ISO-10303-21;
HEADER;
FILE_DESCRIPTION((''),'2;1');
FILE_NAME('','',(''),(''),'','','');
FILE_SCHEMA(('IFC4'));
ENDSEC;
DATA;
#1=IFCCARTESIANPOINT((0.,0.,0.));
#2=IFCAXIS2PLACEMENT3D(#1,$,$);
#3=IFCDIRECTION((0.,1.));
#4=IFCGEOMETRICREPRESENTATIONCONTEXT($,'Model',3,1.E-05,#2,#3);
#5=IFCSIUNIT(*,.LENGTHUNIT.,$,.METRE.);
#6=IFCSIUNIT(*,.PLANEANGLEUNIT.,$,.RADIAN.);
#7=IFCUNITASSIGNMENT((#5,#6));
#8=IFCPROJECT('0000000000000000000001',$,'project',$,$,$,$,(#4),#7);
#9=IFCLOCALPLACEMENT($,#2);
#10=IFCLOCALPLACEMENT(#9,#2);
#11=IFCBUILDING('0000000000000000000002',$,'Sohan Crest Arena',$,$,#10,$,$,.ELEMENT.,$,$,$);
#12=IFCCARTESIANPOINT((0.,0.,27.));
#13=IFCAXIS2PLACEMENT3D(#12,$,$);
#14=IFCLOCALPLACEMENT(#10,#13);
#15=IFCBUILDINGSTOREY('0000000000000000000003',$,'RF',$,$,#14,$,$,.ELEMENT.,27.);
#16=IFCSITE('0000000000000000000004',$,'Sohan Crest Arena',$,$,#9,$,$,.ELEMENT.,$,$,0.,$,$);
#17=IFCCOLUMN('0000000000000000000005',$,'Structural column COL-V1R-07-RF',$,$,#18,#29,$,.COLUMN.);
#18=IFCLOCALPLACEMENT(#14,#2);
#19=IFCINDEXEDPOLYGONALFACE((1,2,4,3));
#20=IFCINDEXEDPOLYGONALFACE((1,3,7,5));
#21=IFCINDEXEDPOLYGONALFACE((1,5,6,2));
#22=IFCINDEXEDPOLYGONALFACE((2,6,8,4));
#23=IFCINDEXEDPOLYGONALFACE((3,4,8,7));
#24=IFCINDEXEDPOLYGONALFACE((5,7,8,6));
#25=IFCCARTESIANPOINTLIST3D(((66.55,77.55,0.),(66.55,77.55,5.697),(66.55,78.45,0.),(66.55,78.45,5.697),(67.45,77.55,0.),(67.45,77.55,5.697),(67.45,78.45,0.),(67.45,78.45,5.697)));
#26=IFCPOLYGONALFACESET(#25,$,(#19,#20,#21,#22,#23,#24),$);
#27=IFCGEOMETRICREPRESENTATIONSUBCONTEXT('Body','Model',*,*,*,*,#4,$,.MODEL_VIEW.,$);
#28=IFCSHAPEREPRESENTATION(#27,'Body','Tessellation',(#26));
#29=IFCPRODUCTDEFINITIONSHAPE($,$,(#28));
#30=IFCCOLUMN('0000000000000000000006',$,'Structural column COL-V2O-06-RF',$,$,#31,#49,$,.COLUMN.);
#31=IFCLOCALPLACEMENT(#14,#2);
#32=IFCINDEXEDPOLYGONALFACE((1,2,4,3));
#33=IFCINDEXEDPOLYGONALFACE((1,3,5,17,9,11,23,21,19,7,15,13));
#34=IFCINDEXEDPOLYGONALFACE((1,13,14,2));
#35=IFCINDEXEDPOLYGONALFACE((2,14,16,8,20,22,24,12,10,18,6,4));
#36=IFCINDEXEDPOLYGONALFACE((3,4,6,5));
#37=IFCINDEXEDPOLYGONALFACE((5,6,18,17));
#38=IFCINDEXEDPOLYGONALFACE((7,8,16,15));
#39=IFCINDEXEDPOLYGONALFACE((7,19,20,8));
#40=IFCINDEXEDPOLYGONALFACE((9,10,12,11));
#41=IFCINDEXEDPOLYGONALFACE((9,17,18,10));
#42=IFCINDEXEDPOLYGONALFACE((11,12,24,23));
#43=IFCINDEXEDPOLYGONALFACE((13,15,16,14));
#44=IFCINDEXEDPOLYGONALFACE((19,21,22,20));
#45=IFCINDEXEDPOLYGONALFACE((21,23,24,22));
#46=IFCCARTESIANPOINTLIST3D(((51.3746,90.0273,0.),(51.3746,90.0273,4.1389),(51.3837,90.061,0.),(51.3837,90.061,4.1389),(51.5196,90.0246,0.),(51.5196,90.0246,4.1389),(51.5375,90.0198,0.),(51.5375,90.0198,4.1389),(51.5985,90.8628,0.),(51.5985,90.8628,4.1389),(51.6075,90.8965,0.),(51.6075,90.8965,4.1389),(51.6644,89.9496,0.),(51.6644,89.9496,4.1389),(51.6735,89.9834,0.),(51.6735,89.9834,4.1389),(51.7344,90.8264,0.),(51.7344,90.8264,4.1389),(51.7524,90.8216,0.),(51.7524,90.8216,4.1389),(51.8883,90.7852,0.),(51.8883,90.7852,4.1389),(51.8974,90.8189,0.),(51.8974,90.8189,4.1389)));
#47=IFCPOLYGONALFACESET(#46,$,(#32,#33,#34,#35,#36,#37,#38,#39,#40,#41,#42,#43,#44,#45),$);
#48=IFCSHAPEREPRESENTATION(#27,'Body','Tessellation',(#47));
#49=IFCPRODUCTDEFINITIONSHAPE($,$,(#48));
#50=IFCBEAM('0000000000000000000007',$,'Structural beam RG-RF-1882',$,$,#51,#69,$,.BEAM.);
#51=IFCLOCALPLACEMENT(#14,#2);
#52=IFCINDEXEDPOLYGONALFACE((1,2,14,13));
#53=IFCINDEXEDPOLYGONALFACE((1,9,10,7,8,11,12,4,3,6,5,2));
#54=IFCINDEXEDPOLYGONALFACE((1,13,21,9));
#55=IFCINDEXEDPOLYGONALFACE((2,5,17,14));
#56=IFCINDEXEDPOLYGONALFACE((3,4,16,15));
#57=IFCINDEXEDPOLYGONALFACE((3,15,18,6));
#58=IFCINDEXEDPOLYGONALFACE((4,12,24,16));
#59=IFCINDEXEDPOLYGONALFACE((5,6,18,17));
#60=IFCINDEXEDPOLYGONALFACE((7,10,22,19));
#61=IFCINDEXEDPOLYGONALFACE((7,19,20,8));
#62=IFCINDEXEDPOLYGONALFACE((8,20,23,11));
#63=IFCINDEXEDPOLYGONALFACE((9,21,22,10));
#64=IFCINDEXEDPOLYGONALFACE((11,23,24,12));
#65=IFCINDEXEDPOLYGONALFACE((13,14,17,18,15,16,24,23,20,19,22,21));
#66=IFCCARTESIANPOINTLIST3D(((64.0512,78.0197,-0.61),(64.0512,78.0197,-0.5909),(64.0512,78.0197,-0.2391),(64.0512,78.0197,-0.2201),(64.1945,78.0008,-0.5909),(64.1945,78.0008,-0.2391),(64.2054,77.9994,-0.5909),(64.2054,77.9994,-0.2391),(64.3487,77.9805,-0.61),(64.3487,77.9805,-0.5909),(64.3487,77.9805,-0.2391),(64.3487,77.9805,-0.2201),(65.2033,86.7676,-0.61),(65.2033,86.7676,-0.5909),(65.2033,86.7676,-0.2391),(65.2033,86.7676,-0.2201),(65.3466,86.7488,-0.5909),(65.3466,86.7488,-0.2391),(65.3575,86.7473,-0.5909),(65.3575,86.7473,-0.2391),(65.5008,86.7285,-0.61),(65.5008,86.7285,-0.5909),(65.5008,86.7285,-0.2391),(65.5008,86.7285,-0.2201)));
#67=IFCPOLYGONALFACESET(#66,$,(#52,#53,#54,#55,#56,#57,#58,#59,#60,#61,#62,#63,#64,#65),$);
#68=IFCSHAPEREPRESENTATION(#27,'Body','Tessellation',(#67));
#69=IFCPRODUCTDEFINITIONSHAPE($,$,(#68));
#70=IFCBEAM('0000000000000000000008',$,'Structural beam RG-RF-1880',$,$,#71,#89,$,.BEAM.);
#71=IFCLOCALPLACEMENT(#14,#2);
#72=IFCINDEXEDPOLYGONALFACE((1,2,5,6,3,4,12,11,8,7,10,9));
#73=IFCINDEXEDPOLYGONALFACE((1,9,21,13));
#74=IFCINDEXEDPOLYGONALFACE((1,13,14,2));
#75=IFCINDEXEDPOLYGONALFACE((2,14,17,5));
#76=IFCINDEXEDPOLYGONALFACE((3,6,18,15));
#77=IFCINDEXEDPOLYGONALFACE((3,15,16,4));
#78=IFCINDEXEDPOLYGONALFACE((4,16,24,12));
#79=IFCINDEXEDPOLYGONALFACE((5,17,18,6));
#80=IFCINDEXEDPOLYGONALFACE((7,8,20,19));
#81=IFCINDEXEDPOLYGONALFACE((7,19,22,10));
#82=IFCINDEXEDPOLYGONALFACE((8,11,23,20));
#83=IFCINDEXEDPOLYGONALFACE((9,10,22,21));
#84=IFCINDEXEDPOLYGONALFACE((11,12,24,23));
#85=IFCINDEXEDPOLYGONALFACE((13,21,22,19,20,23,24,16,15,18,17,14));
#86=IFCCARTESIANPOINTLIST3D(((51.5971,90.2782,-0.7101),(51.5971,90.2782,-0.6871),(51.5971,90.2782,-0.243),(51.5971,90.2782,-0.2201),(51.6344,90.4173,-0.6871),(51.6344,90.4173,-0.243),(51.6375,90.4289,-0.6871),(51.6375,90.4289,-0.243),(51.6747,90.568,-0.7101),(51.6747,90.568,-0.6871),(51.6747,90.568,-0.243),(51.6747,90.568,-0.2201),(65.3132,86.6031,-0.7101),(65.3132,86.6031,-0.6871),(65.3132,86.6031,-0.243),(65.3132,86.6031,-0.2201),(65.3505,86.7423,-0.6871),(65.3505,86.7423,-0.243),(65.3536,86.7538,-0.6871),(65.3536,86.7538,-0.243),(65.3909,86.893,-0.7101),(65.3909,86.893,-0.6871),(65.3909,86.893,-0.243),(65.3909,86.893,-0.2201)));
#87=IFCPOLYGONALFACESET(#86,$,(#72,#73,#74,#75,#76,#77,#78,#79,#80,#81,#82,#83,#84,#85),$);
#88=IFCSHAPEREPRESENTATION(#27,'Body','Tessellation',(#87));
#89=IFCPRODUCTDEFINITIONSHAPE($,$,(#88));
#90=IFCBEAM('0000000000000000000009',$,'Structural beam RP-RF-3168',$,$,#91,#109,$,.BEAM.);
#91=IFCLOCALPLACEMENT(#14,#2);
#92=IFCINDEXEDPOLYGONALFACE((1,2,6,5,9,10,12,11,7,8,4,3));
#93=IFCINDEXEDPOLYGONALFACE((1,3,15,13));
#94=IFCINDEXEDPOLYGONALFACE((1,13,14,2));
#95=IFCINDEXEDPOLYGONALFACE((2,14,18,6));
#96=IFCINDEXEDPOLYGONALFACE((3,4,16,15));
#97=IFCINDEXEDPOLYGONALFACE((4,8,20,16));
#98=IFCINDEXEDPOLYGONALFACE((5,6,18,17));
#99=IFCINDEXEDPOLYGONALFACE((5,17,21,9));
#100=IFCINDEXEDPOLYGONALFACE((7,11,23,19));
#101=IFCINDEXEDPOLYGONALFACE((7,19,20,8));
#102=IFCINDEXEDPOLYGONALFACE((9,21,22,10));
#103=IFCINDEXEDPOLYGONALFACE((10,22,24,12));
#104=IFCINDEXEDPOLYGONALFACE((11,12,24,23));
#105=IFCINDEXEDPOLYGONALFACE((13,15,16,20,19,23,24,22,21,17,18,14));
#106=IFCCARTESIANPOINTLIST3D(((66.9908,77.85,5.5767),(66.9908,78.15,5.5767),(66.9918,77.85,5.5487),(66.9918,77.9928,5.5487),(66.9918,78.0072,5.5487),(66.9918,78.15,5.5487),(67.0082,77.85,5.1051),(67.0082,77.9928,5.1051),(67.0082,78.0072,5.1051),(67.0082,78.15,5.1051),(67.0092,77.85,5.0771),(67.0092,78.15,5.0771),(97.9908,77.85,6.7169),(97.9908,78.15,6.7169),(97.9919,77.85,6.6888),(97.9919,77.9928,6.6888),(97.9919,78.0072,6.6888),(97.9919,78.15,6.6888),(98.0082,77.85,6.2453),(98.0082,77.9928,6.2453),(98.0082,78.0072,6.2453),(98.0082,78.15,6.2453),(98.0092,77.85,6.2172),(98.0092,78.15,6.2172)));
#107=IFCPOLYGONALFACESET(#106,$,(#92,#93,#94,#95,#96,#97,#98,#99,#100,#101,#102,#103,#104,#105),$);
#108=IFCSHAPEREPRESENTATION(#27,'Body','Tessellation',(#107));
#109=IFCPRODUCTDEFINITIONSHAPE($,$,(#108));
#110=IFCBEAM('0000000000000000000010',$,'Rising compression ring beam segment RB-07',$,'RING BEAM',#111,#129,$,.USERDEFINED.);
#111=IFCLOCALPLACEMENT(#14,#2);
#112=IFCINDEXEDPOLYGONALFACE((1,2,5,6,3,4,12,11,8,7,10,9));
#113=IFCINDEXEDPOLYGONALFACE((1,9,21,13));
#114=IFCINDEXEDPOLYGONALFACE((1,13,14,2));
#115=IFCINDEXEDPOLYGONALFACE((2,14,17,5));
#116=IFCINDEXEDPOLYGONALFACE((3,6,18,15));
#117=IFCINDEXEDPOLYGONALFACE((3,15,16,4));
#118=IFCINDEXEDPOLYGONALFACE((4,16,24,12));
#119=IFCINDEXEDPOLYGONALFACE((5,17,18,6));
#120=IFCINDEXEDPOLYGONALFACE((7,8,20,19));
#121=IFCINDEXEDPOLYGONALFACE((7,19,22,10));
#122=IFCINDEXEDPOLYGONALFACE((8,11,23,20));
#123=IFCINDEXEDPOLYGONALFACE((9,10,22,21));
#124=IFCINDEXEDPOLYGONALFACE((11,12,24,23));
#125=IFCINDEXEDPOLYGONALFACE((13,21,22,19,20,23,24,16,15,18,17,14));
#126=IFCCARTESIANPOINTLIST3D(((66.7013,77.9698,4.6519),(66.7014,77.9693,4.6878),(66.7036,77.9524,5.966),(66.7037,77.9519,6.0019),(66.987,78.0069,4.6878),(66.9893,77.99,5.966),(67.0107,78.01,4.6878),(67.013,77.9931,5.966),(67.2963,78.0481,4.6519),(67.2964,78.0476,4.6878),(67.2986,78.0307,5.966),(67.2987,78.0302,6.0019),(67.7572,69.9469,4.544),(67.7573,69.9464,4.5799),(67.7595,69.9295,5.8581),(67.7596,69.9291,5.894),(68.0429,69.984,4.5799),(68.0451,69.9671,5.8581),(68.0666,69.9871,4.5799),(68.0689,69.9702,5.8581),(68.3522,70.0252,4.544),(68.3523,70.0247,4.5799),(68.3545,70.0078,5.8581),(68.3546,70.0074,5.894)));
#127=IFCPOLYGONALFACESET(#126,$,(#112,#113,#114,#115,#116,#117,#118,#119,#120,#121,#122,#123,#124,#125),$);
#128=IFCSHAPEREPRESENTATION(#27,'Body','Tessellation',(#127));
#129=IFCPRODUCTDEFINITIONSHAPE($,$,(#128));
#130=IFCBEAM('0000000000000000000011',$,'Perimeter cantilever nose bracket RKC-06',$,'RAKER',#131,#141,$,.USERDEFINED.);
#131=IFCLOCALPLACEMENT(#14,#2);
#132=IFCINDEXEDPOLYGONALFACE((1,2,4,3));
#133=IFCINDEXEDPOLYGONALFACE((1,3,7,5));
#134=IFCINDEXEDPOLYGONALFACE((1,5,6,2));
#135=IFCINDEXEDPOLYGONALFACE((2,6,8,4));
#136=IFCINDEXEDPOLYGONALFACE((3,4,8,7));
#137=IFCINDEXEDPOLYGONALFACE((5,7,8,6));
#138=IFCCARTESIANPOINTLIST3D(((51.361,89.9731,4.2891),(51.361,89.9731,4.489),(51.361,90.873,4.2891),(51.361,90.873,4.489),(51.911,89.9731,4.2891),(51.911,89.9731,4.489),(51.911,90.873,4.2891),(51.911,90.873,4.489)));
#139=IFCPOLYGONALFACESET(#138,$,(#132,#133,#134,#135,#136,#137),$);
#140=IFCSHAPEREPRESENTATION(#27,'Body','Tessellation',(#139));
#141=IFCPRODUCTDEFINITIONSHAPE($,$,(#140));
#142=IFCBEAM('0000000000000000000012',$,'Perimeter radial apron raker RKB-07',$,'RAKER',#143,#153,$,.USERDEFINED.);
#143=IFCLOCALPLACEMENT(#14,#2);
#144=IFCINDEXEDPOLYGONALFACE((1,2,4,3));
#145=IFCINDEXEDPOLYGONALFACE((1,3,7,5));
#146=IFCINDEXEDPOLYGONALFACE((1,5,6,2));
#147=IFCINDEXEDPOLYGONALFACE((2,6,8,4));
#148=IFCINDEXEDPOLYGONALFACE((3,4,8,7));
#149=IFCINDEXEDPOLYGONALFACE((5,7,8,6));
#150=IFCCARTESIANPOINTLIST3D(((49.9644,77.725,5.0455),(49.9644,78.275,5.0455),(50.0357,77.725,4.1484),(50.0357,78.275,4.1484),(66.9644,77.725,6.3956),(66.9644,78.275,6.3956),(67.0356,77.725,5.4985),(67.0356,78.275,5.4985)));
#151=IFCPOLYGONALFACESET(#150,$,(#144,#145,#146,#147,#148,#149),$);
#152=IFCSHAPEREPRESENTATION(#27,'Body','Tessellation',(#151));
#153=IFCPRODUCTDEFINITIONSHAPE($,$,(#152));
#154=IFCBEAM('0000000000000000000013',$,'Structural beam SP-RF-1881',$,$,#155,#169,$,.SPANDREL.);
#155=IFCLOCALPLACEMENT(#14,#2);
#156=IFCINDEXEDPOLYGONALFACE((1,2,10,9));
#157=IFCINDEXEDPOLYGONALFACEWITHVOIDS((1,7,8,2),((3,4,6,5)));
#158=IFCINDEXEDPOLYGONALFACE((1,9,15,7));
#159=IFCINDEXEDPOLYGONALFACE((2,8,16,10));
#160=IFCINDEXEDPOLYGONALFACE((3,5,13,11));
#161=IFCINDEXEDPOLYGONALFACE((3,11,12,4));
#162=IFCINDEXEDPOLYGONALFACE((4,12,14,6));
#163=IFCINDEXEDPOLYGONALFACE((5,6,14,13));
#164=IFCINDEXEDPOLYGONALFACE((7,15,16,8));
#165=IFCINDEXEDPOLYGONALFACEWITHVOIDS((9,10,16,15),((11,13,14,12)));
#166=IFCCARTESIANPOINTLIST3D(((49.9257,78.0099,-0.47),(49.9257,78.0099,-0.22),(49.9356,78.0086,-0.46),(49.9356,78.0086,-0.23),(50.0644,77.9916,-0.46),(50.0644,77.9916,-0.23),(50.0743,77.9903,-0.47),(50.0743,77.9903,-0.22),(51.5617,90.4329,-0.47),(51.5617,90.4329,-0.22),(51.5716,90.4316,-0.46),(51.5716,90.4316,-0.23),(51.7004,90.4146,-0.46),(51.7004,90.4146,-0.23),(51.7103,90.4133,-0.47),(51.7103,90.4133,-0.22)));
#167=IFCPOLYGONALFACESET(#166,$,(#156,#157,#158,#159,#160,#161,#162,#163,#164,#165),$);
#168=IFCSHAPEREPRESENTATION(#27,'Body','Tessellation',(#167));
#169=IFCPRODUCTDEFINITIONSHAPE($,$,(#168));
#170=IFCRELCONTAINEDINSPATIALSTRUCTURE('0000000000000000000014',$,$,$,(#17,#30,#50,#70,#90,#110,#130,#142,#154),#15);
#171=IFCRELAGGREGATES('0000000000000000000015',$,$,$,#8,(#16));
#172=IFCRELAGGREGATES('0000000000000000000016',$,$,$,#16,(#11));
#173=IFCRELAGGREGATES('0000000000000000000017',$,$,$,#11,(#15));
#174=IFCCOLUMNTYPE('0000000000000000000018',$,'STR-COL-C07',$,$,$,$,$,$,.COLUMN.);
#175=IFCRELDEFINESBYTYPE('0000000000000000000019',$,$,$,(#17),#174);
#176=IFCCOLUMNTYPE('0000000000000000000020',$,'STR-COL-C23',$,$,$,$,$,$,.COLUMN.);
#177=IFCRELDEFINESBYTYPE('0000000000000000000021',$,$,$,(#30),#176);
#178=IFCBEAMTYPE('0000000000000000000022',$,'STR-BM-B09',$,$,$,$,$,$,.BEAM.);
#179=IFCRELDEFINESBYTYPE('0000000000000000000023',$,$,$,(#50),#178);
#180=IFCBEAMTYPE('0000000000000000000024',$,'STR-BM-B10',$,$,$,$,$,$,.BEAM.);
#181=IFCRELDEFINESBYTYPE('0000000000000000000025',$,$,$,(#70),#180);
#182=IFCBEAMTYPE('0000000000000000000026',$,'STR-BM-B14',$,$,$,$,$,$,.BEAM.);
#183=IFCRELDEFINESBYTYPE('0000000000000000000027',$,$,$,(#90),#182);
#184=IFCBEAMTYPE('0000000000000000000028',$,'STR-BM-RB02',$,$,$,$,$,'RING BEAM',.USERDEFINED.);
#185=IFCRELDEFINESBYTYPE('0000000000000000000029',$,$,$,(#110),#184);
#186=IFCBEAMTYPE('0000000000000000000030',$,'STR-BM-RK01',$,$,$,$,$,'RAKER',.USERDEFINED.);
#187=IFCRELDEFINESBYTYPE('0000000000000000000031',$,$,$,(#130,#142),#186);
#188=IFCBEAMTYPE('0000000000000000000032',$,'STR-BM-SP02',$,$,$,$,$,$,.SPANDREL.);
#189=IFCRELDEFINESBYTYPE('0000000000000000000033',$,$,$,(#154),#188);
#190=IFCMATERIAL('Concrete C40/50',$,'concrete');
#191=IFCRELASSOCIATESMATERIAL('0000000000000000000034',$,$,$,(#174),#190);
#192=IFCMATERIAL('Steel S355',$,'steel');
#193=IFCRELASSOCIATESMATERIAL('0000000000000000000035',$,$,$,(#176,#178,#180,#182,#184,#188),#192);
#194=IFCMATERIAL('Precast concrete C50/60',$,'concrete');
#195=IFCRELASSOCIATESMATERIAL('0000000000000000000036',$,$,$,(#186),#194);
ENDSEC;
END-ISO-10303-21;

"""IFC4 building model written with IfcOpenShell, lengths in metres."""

from ifc_helpers import new_model, si_unit, direction, frame, origin, origin_2d, place, context, subcontext, project, spatial, rectangle, hollow_rectangle, i_section, extrude, material, material_profile, profile_set, type_object, element, save


model = new_model("IFC4")

# Units and contexts
model_context = context("Model", 3, precision=1e-05, world=origin(), true_north=direction((0.0, 1.0)))
body_context = subcontext(model_context, "Body", "Model", "MODEL_VIEW")
ifc_project = project(units=[si_unit("LENGTHUNIT", "METRE"), si_unit("PLANEANGLEUNIT", "RADIAN")], contexts=[model_context])

# Site, building, storey
site_placement = place(None, origin())
site = spatial("IfcSite", under=ifc_project, at=site_placement, Name="Sohan Crest Arena", CompositionType="ELEMENT", RefElevation=0.0)
building_placement = place(site_placement, origin())
building = spatial("IfcBuilding", under=site, at=building_placement, Name="Sohan Crest Arena", CompositionType="ELEMENT")
storey_placement = place(building_placement, frame((0.0, 0.0, 27.0)))
storey = spatial("IfcBuildingStorey", under=building, at=storey_placement, Name="RF", CompositionType="ELEMENT", Elevation=27.0)

# Columns
ifc_material_1 = material(Name="Concrete C40/50", Category="concrete")
ifc_material_profile_1 = material_profile(ifc_material_1, rectangle(XDim=0.8999, YDim=0.8999, at=origin_2d()), Name="RC 900x900")
ifc_profile_set_1 = profile_set([ifc_material_profile_1], Name="Concrete C40/50")
column_type_1 = type_object("IfcColumnType", Name="STR-COL-C07", PredefinedType="COLUMN", material=ifc_profile_set_1)
column_1_placement = place(storey_placement, frame((67.0, 78.0, 0.0), z_axis=(0.0, 0.0, 1.0), x_axis=(1.0, 0.0, 0.0)))
element("IfcColumn", 1, at=column_1_placement, inside=storey, type_object=column_type_1, Name="Structural column COL-V1R-07-RF", PredefinedType="COLUMN", context=body_context, shape_type="SweptSolid", body=[
    extrude(rectangle(XDim=0.8999, YDim=0.8999, at=origin_2d()), origin(), (0.0, 0.0, 1.0), 5.697),
])
ifc_material_2 = material(Name="Steel S355", Category="steel")
ifc_material_profile_2 = material_profile(ifc_material_2, i_section(OverallWidth=0.3, OverallDepth=0.8999, WebThickness=0.0186, FlangeThickness=0.0349, at=origin_2d()), Name="HEB 900")
ifc_profile_set_2 = profile_set([ifc_material_profile_2], Name="Steel S355")
column_type_2 = type_object("IfcColumnType", Name="STR-COL-C23", PredefinedType="COLUMN", material=ifc_profile_set_2)
column_2_placement = place(storey_placement, frame((51.636, 90.4231, 0.0), z_axis=(0.0, 0.0, 1.0), x_axis=(-0.965926, 0.258819, 0.0)))
element("IfcColumn", 2, at=column_2_placement, inside=storey, type_object=column_type_2, Name="Structural column COL-V2O-06-RF", PredefinedType="COLUMN", context=body_context, shape_type="SweptSolid", body=[
    extrude(i_section(OverallWidth=0.3, OverallDepth=0.8999, WebThickness=0.0186, FlangeThickness=0.0349, at=origin_2d()), origin(), (0.0, 0.0, 1.0), 4.1389),
])

# Beams
ifc_material_profile_3 = material_profile(ifc_material_2, i_section(OverallWidth=0.3, OverallDepth=0.3899, WebThickness=0.011, FlangeThickness=0.019, at=origin_2d()), Name="HEA 400")
ifc_profile_set_3 = profile_set([ifc_material_profile_3], Name="Steel S355")
beam_type_1 = type_object("IfcBeamType", Name="STR-BM-B09", PredefinedType="BEAM", material=ifc_profile_set_3)
beam_1_placement = place(storey_placement, frame((65.3521, 86.748, -0.415), z_axis=(-0.13057, -0.991439, 0.0), x_axis=(0.991439, -0.13057, 0.0)))
element("IfcBeam", 3, at=beam_1_placement, inside=storey, type_object=beam_type_1, Name="Structural beam RG-RF-1882", PredefinedType="BEAM", context=body_context, shape_type="SweptSolid", body=[
    extrude(i_section(OverallWidth=0.3, OverallDepth=0.3899, WebThickness=0.011, FlangeThickness=0.019, at=origin_2d()), origin(), (0.0, 0.0, 1.0), 8.8235),
])
ifc_material_profile_4 = material_profile(ifc_material_2, i_section(OverallWidth=0.3, OverallDepth=0.49, WebThickness=0.012, FlangeThickness=0.0229, at=origin_2d()), Name="HEA 500")
ifc_profile_set_4 = profile_set([ifc_material_profile_4], Name="Steel S355")
beam_type_2 = type_object("IfcBeamType", Name="STR-BM-B10", PredefinedType="BEAM", material=ifc_profile_set_4)
beam_2_placement = place(storey_placement, frame((65.3521, 86.748, -0.4651), z_axis=(-0.965929, 0.258809, 0.0), x_axis=(-0.258809, -0.965929, 0.0)))
element("IfcBeam", 4, at=beam_2_placement, inside=storey, type_object=beam_type_2, Name="Structural beam RG-RF-1880", PredefinedType="BEAM", context=body_context, shape_type="SweptSolid", body=[
    extrude(i_section(OverallWidth=0.3, OverallDepth=0.49, WebThickness=0.012, FlangeThickness=0.0229, at=origin_2d()), origin(), (0.0, 0.0, 1.0), 14.2),
])
ifc_material_profile_5 = material_profile(ifc_material_2, i_section(OverallWidth=0.3, OverallDepth=0.5, WebThickness=0.0144, FlangeThickness=0.0281, at=origin_2d()), Name="HEB 500")
ifc_profile_set_5 = profile_set([ifc_material_profile_5], Name="Steel S355")
beam_type_3 = type_object("IfcBeamType", Name="STR-BM-B14", PredefinedType="BEAM", material=ifc_profile_set_5)
beam_3_placement = place(storey_placement, frame((67.0, 78.0, 5.3269), z_axis=(0.999324, 0.0, 0.036754), x_axis=(0.0, 1.0, 0.0)))
element("IfcBeam", 5, at=beam_3_placement, inside=storey, type_object=beam_type_3, Name="Structural beam RP-RF-3168", PredefinedType="BEAM", context=body_context, shape_type="SweptSolid", body=[
    extrude(i_section(OverallWidth=0.3, OverallDepth=0.5, WebThickness=0.0144, FlangeThickness=0.0281, at=origin_2d()), origin(), (0.0, 0.0, 1.0), 31.021),
])
ifc_material_profile_6 = material_profile(ifc_material_2, i_section(OverallWidth=0.6001, OverallDepth=1.3501, WebThickness=0.0239, FlangeThickness=0.0359, at=origin_2d()), Name="PG 1350x600x24x36")
ifc_profile_set_6 = profile_set([ifc_material_profile_6], Name="Steel S355")
beam_type_4 = type_object("IfcBeamType", Name="STR-BM-RB02", ElementType="RING BEAM", PredefinedType="USERDEFINED", material=ifc_profile_set_6)
beam_4_placement = place(storey_placement, frame((67.0, 78.0, 5.3269), z_axis=(0.130474, -0.991362, -0.013334), x_axis=(0.99145, 0.130486, 0.0)))
element("IfcBeam", 6, at=beam_4_placement, inside=storey, type_object=beam_type_4, Name="Rising compression ring beam segment RB-07", ObjectType="RING BEAM", PredefinedType="USERDEFINED", context=body_context, shape_type="SweptSolid", body=[
    extrude(i_section(OverallWidth=0.6001, OverallDepth=1.3501, WebThickness=0.0239, FlangeThickness=0.0359, at=origin_2d()), origin(), (0.0, 0.0, 1.0), 8.0928),
])
ifc_material_3 = material(Name="Precast concrete C50/60", Category="concrete")
ifc_material_profile_7 = material_profile(ifc_material_3, rectangle(XDim=0.55, YDim=0.8999, at=origin_2d()), Name="RAKER 550x900")
ifc_profile_set_7 = profile_set([ifc_material_profile_7], Name="Precast concrete C50/60")
beam_type_5 = type_object("IfcBeamType", Name="STR-BM-RK01", ElementType="RAKER", PredefinedType="USERDEFINED", material=ifc_profile_set_7)
beam_5_placement = place(storey_placement, frame((51.636, 90.4231, 4.489), z_axis=(0.0, 0.0, -1.0), x_axis=(1.0, 0.0, 0.0)))
element("IfcBeam", 7, at=beam_5_placement, inside=storey, type_object=beam_type_5, Name="Perimeter cantilever nose bracket RKC-06", ObjectType="RAKER", PredefinedType="USERDEFINED", context=body_context, shape_type="SweptSolid", body=[
    extrude(rectangle(XDim=0.55, YDim=0.8999, at=origin_2d()), origin(), (0.0, 0.0, 1.0), 0.2),
])
beam_6_placement = place(storey_placement, frame((67.0, 78.0, 5.947), z_axis=(-0.996861, 0.0, -0.079168), x_axis=(0.0, -1.0, 0.0)))
element("IfcBeam", 8, at=beam_6_placement, inside=storey, type_object=beam_type_5, Name="Perimeter radial apron raker RKB-07", ObjectType="RAKER", PredefinedType="USERDEFINED", context=body_context, shape_type="SweptSolid", body=[
    extrude(rectangle(XDim=0.55, YDim=0.8999, at=origin_2d()), origin(), (0.0, 0.0, 1.0), 17.0535),
])
ifc_material_profile_8 = material_profile(ifc_material_2, hollow_rectangle(XDim=0.1499, YDim=0.25, WallThickness=0.01, at=origin_2d()), Name="RHS 250x150x10")
ifc_profile_set_8 = profile_set([ifc_material_profile_8], Name="Steel S355")
beam_type_6 = type_object("IfcBeamType", Name="STR-BM-SP02", PredefinedType="SPANDREL", material=ifc_profile_set_8)
beam_7_placement = place(storey_placement, frame((51.636, 90.4231, -0.345), z_axis=(-0.130562, -0.99144, 0.0), x_axis=(0.99144, -0.130562, 0.0)))
element("IfcBeam", 9, at=beam_7_placement, inside=storey, type_object=beam_type_6, Name="Structural beam SP-RF-1881", PredefinedType="SPANDREL", context=body_context, shape_type="SweptSolid", body=[
    extrude(hollow_rectangle(XDim=0.1499, YDim=0.25, WallThickness=0.01, at=origin_2d()), origin(), (0.0, 0.0, 1.0), 12.5303),
])

save(model, "model.ifc")
